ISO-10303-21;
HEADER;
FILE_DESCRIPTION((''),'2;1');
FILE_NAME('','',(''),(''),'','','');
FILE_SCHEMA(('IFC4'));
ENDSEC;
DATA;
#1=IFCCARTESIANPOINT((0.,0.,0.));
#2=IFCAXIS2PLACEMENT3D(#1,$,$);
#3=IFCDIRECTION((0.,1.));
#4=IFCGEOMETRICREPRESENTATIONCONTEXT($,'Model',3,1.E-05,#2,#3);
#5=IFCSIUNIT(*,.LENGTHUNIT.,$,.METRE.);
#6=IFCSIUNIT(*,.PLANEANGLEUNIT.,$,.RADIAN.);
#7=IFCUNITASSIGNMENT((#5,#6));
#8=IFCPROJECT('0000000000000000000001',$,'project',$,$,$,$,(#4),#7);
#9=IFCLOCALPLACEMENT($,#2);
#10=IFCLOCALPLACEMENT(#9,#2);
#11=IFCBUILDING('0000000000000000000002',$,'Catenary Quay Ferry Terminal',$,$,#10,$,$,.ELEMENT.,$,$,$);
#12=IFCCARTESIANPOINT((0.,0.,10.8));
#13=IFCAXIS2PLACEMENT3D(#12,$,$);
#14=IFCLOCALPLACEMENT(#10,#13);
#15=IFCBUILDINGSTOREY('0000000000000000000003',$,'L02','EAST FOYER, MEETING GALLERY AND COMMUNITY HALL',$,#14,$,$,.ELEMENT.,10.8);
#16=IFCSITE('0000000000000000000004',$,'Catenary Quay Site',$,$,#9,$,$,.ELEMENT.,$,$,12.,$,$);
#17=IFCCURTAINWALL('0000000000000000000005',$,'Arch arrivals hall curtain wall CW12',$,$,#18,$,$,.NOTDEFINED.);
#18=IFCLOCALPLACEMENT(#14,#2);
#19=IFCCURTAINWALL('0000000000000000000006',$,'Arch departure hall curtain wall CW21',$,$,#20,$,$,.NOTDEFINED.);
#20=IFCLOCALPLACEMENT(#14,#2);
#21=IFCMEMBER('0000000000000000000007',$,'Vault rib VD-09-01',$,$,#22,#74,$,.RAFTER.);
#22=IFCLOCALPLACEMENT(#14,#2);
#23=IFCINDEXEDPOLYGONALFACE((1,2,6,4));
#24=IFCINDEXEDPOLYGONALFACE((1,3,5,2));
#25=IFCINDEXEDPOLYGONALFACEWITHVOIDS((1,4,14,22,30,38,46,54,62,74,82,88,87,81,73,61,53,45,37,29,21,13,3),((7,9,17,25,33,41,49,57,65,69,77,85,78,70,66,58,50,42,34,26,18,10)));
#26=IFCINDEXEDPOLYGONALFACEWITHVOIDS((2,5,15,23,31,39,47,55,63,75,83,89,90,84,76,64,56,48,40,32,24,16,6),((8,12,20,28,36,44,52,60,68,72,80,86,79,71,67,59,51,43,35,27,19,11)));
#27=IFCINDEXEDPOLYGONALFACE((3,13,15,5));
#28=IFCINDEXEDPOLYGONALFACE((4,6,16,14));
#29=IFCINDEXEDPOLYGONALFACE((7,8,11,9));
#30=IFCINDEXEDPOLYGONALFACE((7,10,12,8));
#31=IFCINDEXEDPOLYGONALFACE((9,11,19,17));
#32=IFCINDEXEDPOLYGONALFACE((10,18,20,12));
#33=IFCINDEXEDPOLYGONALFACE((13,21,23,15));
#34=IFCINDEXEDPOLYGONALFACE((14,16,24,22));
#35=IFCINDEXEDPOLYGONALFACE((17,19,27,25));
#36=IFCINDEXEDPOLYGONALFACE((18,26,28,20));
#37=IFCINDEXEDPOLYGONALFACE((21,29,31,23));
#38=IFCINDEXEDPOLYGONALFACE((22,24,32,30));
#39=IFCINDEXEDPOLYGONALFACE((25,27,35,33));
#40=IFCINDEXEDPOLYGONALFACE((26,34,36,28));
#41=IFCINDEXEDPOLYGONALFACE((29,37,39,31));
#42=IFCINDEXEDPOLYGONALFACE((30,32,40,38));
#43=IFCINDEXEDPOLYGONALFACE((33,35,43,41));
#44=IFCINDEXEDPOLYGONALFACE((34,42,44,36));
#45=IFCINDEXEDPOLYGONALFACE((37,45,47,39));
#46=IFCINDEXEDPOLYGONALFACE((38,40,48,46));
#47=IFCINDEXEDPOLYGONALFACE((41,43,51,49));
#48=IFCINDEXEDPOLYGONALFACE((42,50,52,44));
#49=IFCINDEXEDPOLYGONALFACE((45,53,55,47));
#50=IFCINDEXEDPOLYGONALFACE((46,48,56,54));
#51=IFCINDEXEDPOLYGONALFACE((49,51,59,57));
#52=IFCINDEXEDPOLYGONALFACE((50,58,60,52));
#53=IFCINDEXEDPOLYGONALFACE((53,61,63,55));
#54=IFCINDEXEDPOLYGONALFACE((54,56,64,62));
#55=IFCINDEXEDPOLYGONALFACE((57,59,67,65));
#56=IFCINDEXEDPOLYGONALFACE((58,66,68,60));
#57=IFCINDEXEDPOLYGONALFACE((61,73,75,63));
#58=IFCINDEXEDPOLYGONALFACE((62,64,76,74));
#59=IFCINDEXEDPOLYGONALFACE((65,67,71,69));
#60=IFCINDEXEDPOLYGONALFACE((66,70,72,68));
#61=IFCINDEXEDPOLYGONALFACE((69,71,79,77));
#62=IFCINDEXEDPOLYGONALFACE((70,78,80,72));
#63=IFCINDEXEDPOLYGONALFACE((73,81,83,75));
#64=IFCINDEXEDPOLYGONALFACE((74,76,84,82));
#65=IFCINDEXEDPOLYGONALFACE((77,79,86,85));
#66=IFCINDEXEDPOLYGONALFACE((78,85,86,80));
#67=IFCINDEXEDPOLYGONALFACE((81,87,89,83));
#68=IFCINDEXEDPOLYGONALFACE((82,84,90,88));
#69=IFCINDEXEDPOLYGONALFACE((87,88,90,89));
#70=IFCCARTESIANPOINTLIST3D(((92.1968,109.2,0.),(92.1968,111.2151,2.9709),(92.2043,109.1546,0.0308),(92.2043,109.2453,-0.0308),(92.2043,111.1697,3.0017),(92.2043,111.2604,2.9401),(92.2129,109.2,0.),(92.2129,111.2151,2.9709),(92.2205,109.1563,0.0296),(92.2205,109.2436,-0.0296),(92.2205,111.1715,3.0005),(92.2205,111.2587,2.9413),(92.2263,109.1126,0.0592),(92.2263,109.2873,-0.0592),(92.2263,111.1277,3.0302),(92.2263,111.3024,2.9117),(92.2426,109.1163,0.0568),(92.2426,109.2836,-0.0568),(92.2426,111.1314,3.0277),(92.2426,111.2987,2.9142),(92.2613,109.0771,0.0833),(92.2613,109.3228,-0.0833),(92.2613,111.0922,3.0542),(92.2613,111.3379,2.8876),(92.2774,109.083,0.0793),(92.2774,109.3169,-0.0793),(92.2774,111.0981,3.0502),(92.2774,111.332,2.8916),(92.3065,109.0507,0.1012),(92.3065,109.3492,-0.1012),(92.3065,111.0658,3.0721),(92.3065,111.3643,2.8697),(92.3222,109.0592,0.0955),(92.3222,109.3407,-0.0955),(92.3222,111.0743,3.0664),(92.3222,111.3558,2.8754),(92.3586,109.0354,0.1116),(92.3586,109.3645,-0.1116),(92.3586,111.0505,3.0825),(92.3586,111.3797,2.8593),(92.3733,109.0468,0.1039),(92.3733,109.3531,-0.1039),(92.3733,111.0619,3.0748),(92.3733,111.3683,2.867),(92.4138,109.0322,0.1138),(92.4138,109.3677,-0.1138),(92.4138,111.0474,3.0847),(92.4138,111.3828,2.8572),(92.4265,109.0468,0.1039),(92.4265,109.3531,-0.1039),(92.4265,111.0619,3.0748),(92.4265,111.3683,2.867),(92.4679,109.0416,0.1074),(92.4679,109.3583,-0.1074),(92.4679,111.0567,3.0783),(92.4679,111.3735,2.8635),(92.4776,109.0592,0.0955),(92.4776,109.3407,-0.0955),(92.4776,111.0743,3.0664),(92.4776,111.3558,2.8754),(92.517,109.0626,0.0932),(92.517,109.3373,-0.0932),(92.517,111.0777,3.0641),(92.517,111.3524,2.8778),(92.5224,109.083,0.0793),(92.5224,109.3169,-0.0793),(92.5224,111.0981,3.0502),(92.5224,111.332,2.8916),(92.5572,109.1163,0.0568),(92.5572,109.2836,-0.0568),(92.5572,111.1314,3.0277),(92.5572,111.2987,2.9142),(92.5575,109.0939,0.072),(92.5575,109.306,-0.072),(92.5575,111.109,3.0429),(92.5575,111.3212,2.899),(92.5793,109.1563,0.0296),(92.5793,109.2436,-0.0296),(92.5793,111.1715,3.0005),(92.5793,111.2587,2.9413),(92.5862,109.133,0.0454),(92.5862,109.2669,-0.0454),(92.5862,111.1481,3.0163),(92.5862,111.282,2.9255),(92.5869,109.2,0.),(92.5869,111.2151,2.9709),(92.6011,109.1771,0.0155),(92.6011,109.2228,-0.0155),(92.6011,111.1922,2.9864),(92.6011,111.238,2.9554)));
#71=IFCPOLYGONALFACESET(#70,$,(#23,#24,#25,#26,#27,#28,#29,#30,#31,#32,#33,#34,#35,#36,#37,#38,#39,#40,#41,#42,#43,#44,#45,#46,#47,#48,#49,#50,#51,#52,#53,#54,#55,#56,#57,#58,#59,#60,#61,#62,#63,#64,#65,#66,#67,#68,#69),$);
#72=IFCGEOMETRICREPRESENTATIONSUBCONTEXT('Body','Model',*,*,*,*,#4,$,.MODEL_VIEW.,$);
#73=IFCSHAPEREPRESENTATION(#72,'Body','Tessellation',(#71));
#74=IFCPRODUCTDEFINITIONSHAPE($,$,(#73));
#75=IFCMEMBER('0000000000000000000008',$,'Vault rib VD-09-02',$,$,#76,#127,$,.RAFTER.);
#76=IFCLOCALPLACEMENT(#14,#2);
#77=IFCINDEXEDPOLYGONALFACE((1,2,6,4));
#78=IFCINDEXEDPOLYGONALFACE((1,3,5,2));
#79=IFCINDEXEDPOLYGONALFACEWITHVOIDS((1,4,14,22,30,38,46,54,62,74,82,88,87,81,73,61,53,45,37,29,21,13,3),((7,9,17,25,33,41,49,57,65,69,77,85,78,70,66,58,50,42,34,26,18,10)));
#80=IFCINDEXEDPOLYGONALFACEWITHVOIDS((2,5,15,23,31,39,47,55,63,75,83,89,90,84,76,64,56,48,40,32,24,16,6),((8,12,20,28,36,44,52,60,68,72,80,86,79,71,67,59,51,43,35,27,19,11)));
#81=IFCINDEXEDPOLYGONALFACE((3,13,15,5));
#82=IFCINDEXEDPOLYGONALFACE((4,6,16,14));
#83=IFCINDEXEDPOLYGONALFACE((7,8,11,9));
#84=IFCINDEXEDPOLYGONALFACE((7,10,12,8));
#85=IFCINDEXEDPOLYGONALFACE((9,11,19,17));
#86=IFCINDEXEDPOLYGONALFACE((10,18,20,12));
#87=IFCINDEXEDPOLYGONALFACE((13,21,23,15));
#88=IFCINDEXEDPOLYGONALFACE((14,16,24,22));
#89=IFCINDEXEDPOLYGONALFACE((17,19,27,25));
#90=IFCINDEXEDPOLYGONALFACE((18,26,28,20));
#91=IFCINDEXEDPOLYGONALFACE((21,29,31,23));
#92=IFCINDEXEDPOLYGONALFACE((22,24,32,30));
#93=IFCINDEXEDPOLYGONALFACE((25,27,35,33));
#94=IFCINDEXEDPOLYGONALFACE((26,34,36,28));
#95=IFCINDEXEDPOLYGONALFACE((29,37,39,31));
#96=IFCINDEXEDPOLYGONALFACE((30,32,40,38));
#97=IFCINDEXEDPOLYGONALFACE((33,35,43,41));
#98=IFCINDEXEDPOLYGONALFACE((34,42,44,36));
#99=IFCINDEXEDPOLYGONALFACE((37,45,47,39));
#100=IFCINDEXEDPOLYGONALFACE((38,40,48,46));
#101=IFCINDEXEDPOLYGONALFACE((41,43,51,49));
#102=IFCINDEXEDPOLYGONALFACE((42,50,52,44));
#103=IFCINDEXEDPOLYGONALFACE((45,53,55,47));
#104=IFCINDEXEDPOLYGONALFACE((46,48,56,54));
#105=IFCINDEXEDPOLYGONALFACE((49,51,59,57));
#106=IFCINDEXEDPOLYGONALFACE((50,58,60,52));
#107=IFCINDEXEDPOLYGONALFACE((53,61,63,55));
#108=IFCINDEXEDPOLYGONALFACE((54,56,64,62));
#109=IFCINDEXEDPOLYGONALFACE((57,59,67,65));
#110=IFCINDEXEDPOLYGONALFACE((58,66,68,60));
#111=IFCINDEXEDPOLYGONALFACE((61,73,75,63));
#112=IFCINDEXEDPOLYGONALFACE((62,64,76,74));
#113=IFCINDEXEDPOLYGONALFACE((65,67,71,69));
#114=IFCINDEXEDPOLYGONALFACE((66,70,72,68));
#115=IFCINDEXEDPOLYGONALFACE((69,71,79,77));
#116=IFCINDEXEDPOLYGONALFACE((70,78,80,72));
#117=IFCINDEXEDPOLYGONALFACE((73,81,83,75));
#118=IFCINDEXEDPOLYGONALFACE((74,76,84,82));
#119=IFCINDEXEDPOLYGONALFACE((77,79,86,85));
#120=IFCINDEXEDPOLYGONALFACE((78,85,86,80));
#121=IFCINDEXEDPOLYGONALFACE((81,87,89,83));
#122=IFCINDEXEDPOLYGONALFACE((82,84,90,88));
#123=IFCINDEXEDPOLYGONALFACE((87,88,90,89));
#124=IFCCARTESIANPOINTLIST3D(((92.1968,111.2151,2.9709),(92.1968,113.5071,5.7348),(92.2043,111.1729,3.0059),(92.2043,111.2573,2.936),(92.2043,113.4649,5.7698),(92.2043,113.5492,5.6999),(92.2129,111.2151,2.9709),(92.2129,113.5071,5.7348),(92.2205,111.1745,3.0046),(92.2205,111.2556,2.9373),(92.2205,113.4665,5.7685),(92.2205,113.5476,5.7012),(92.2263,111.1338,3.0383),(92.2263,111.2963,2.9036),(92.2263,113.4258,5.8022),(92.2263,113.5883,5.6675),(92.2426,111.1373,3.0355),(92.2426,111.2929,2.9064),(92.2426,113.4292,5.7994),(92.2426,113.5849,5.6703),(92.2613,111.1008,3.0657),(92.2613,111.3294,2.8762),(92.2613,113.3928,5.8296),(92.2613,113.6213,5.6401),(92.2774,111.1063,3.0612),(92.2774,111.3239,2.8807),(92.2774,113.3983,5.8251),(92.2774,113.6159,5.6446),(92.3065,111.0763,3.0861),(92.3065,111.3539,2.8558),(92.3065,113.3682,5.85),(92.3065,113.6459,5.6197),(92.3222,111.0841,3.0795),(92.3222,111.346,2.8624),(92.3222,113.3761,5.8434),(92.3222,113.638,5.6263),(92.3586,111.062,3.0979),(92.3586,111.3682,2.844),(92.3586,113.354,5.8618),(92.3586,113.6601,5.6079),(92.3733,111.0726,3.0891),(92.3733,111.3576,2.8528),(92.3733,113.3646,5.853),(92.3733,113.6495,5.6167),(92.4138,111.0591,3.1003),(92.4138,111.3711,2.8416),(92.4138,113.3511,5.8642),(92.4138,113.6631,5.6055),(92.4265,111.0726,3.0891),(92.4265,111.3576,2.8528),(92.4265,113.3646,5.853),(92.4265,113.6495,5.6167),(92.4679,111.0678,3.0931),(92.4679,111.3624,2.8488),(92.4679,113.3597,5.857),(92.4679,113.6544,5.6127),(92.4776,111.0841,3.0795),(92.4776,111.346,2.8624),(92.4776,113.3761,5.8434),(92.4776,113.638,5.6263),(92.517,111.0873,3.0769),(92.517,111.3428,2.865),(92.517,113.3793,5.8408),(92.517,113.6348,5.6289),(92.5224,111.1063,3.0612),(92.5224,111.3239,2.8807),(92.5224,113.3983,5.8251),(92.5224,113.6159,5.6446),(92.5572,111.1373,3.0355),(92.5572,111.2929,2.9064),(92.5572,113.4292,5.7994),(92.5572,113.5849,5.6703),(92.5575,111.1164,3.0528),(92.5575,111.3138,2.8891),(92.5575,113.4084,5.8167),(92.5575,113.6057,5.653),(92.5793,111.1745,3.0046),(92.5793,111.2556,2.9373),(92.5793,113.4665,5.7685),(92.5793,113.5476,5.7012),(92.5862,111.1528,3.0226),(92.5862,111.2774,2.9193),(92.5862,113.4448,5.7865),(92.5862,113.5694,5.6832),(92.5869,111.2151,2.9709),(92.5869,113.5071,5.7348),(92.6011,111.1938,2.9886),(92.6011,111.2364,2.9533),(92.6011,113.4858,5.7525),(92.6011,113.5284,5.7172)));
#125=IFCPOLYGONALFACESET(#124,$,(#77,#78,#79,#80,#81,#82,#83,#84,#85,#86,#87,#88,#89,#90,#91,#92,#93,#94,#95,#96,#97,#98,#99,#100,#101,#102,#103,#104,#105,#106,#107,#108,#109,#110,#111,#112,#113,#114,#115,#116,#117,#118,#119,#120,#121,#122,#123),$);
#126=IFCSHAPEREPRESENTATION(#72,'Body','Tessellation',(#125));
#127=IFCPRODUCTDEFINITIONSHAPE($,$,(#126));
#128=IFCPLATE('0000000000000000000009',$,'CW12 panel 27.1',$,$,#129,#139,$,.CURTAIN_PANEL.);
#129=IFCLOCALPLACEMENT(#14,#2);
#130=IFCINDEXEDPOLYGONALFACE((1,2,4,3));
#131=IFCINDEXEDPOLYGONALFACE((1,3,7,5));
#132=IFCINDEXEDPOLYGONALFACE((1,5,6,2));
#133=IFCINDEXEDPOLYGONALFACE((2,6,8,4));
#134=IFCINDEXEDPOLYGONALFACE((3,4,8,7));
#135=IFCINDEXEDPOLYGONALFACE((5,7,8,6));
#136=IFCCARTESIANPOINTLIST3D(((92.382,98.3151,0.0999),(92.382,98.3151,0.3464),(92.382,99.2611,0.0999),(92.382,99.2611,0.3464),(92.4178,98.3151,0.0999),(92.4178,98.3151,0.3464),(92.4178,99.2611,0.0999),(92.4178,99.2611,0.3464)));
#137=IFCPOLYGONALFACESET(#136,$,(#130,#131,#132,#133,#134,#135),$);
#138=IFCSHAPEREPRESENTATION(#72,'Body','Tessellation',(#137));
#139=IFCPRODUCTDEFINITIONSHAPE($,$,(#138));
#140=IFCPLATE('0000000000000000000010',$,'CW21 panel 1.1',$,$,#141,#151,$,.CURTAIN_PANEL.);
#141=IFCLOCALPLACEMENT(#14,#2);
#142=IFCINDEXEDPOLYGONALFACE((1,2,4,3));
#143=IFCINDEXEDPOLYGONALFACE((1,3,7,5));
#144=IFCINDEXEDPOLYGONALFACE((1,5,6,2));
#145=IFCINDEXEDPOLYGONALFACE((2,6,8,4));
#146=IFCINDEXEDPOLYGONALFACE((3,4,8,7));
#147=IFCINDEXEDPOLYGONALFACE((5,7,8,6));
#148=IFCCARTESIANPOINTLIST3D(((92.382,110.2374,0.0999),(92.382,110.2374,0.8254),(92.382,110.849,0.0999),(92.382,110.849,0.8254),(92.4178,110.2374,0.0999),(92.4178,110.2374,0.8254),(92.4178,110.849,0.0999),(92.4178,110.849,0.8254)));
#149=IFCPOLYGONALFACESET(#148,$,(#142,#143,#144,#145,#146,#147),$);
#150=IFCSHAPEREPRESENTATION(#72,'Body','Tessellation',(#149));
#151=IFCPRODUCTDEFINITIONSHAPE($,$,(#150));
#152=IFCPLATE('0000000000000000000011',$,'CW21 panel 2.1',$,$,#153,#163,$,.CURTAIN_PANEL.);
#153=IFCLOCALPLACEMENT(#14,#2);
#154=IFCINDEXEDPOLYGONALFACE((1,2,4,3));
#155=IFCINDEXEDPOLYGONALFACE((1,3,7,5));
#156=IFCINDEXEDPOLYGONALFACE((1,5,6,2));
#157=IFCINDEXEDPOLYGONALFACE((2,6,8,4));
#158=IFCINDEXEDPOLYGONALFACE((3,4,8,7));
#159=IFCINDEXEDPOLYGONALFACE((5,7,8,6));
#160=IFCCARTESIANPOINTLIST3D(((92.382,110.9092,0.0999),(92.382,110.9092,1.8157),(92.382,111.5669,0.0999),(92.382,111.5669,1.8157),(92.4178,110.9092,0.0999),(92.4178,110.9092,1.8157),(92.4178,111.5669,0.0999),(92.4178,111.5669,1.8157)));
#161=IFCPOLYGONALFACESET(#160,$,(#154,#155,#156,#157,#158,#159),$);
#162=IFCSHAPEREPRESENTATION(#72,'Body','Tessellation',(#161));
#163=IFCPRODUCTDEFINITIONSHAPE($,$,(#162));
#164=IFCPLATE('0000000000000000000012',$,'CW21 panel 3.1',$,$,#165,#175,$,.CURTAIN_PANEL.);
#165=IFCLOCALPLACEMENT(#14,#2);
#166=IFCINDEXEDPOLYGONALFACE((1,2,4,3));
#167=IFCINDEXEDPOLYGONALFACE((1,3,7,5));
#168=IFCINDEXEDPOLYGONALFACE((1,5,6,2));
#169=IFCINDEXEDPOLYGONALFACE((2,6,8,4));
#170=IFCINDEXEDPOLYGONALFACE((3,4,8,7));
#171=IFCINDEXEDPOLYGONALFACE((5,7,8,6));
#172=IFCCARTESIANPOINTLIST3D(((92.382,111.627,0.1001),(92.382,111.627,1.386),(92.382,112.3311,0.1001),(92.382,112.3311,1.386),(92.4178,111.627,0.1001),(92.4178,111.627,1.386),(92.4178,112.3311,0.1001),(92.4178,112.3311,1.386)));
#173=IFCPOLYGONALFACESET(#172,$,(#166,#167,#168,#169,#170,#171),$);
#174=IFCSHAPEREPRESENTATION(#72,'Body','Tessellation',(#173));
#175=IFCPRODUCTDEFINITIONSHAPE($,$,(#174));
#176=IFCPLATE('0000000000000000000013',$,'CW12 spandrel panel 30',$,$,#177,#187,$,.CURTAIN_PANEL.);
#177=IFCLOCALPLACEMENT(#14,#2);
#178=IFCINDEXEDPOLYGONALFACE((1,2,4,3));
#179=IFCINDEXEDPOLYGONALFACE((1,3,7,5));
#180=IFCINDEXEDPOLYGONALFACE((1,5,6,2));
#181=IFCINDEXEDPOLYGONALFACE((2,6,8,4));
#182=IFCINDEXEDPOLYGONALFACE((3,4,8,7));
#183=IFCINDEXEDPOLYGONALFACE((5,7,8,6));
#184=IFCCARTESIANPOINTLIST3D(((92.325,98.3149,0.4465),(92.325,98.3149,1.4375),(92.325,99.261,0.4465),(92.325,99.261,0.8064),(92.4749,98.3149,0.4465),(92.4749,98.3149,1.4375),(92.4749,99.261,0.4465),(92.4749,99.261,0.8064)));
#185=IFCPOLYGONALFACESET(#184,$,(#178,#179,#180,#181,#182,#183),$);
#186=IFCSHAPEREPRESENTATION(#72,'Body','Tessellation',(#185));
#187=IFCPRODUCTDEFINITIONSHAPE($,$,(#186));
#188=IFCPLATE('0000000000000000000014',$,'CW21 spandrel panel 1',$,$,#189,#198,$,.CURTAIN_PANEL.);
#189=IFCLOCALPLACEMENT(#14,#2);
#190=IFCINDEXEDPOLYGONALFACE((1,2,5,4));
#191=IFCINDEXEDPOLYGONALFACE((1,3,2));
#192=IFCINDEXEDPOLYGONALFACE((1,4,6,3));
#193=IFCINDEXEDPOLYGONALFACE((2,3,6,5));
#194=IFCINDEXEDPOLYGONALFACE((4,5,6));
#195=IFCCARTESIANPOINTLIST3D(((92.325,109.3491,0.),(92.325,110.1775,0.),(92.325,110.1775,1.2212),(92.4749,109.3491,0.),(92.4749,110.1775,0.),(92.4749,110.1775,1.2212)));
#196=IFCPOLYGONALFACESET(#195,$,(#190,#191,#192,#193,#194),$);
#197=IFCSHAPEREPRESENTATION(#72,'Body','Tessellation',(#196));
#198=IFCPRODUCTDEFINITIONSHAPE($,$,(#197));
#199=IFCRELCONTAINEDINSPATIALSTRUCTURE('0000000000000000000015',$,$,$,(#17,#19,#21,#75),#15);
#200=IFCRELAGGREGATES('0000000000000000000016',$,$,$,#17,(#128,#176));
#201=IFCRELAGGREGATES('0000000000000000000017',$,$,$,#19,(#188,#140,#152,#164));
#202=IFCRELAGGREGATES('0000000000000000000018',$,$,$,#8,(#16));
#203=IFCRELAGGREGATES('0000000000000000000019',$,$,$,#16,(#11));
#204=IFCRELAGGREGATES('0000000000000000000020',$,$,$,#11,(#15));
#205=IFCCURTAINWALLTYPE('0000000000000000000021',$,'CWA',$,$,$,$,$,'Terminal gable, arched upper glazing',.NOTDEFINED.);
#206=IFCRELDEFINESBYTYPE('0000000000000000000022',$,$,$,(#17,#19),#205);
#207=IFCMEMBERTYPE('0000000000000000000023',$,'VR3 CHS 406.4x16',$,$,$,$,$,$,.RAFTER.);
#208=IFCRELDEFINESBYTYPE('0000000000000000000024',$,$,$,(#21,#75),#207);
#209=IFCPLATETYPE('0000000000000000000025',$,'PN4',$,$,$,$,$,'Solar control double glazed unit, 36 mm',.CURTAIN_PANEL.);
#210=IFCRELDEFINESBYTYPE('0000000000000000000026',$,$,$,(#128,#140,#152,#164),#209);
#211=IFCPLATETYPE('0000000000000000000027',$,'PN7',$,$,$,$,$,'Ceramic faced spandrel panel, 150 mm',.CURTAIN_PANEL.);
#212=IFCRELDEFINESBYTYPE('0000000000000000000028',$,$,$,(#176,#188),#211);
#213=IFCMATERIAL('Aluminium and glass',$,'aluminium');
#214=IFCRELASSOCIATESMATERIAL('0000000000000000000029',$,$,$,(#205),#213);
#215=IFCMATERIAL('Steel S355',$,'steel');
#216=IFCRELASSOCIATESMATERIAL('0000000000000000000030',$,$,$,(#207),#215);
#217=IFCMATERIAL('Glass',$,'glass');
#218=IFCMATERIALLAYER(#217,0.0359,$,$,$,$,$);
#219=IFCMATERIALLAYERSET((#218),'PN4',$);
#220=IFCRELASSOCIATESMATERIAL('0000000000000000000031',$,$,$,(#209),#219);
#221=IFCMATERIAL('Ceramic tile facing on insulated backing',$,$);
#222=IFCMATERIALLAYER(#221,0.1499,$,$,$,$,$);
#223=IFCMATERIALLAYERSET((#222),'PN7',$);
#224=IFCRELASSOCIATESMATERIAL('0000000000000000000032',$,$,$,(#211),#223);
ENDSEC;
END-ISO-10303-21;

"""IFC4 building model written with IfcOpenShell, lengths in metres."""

from ifc_helpers import new_model, si_unit, direction, frame, origin, origin_2d, place, context, subcontext, project, spatial, polyline, rectangle, hollow_circle, outline, extrude, material, layer, layer_set, material_profile, profile_set, type_object, element, aggregate, save


model = new_model("IFC4")

# Units and contexts
model_context = context("Model", 3, precision=1e-05, world=origin(), true_north=direction((0.0, 1.0)))
body_context = subcontext(model_context, "Body", "Model", "MODEL_VIEW")
ifc_project = project(units=[si_unit("LENGTHUNIT", "METRE"), si_unit("PLANEANGLEUNIT", "RADIAN")], contexts=[model_context])

# Site, building, storey
site_placement = place(None, origin())
site = spatial("IfcSite", under=ifc_project, at=site_placement, Name="Catenary Quay Site", CompositionType="ELEMENT", RefElevation=12.0)
building_placement = place(site_placement, origin())
building = spatial("IfcBuilding", under=site, at=building_placement, Name="Catenary Quay Ferry Terminal", CompositionType="ELEMENT")
storey_placement = place(building_placement, frame((0.0, 0.0, 10.8)))
storey = spatial("IfcBuildingStorey", under=building, at=storey_placement, Name="L02", Description="EAST FOYER, MEETING GALLERY AND COMMUNITY HALL", CompositionType="ELEMENT", Elevation=10.8)

# Curtain walls
ifc_material_1 = material(Name="Aluminium and glass", Category="aluminium")
curtain_wall_type = type_object("IfcCurtainWallType", Name="CWA", ElementType="Terminal gable, arched upper glazing", PredefinedType="NOTDEFINED", material=ifc_material_1)
curtain_wall_1_placement = place(storey_placement, origin())
curtain_wall_1 = element("IfcCurtainWall", 1, at=curtain_wall_1_placement, inside=storey, type_object=curtain_wall_type, Name="Arch arrivals hall curtain wall CW12", PredefinedType="NOTDEFINED")
curtain_wall_2_placement = place(storey_placement, origin())
curtain_wall_2 = element("IfcCurtainWall", 2, at=curtain_wall_2_placement, inside=storey, type_object=curtain_wall_type, Name="Arch departure hall curtain wall CW21", PredefinedType="NOTDEFINED")

# Members
ifc_material_2 = material(Name="Steel S355", Category="steel")
ifc_material_profile_1 = material_profile(ifc_material_2, hollow_circle(Radius=0.2031, WallThickness=0.0161, at=origin_2d()), Name="CHS 406.4x16")
ifc_profile_set_1 = profile_set([ifc_material_profile_1], Name="Steel S355")
member_type_1 = type_object("IfcMemberType", Name="VR3 CHS 406.4x16", PredefinedType="RAFTER", material=ifc_profile_set_1)
member_1_placement = place(storey_placement, frame((92.3999, 109.2, 0.0), z_axis=(0.0, 0.561337, 0.827587), x_axis=(-1.0, 0.0, 0.0)))
element("IfcMember", 3, at=member_1_placement, inside=storey, type_object=member_type_1, Name="Vault rib VD-09-01", PredefinedType="RAFTER", context=body_context, shape_type="SweptSolid", body=[
    extrude(hollow_circle(Radius=0.2031, WallThickness=0.0161, at=origin_2d()), origin(), (0.0, 0.0, 1.0), 3.5898),
])
member_2_placement = place(storey_placement, frame((92.3999, 111.2151, 2.9709), z_axis=(0.0, 0.63833, 0.769763), x_axis=(-1.0, 0.0, 0.0)))
element("IfcMember", 4, at=member_2_placement, inside=storey, type_object=member_type_1, Name="Vault rib VD-09-02", PredefinedType="RAFTER", context=body_context, shape_type="SweptSolid", body=[
    extrude(hollow_circle(Radius=0.2031, WallThickness=0.0161, at=origin_2d()), origin(), (0.0, 0.0, 1.0), 3.5906),
])

# Plates
ifc_material_3 = material(Name="Glass", Category="glass")
ifc_layer_1 = layer(ifc_material_3, 0.0359)
ifc_layer_set_1 = layer_set([ifc_layer_1], Name="PN4")
plate_type_1 = type_object("IfcPlateType", Name="PN4", ElementType="Solar control double glazed unit, 36 mm", PredefinedType="CURTAIN_PANEL", material=ifc_layer_set_1)
plate_1_placement = place(storey_placement, frame((92.3999, 98.7881, 0.0999), z_axis=(0.0, 0.0, 1.0), x_axis=(0.0, 1.0, 0.0)))
plate_1 = element("IfcPlate", 5, at=plate_1_placement, type_object=plate_type_1, Name="CW12 panel 27.1", PredefinedType="CURTAIN_PANEL", context=body_context, shape_type="SweptSolid", body=[
    extrude(rectangle(XDim=0.946, YDim=0.0359, at=origin_2d()), origin(), (0.0, 0.0, 1.0), 0.2466),
])
plate_2_placement = place(storey_placement, frame((92.3999, 110.5432, 0.0999), z_axis=(0.0, 0.0, 1.0), x_axis=(0.0, 1.0, 0.0)))
plate_2 = element("IfcPlate", 6, at=plate_2_placement, type_object=plate_type_1, Name="CW21 panel 1.1", PredefinedType="CURTAIN_PANEL", context=body_context, shape_type="SweptSolid", body=[
    extrude(rectangle(XDim=0.6116, YDim=0.0359, at=origin_2d()), origin(), (0.0, 0.0, 1.0), 0.7256),
])
plate_3_placement = place(storey_placement, frame((92.3999, 111.238, 0.0999), z_axis=(0.0, 0.0, 1.0), x_axis=(0.0, 1.0, 0.0)))
plate_3 = element("IfcPlate", 7, at=plate_3_placement, type_object=plate_type_1, Name="CW21 panel 2.1", PredefinedType="CURTAIN_PANEL", context=body_context, shape_type="SweptSolid", body=[
    extrude(rectangle(XDim=0.6577, YDim=0.0359, at=origin_2d()), origin(), (0.0, 0.0, 1.0), 1.7158),
])
plate_4_placement = place(storey_placement, frame((92.3999, 111.979, 0.1001), z_axis=(0.0, 0.0, 1.0), x_axis=(0.0, 1.0, 0.0)))
plate_4 = element("IfcPlate", 8, at=plate_4_placement, type_object=plate_type_1, Name="CW21 panel 3.1", PredefinedType="CURTAIN_PANEL", context=body_context, shape_type="SweptSolid", body=[
    extrude(rectangle(XDim=0.7041, YDim=0.0359, at=origin_2d()), origin(), (0.0, 0.0, 1.0), 1.2859),
])
ifc_material_4 = material(Name="Ceramic tile facing on insulated backing")
ifc_layer_2 = layer(ifc_material_4, 0.1499)
ifc_layer_set_2 = layer_set([ifc_layer_2], Name="PN7")
plate_type_2 = type_object("IfcPlateType", Name="PN7", ElementType="Ceramic faced spandrel panel, 150 mm", PredefinedType="CURTAIN_PANEL", material=ifc_layer_set_2)
plate_5_placement = place(storey_placement, frame((92.3999, 98.3149, 0.4465), z_axis=(0.0, 0.0, 1.0), x_axis=(0.0, 1.0, 0.0)))
plate_5 = element("IfcPlate", 9, at=plate_5_placement, type_object=plate_type_2, Name="CW12 spandrel panel 30", PredefinedType="CURTAIN_PANEL", context=body_context, shape_type="SweptSolid", body=[
    extrude(outline(polyline([(0.0, 0.0), (0.946, 0.0), (0.946, 0.3599), (0.0, 0.991), (0.0, 0.0)])), frame((0.0, 0.075, 0.0), z_axis=(0.0, -1.0, 0.0), x_axis=(1.0, 0.0, 0.0)), (0.0, 0.0, 1.0), 0.1499),
])
aggregate(curtain_wall_1, [plate_1, plate_5])
plate_6_placement = place(storey_placement, frame((92.3999, 109.3491, 0.0), z_axis=(0.0, 0.0, 1.0), x_axis=(0.0, 1.0, 0.0)))
plate_6 = element("IfcPlate", 10, at=plate_6_placement, type_object=plate_type_2, Name="CW21 spandrel panel 1", PredefinedType="CURTAIN_PANEL", context=body_context, shape_type="SweptSolid", body=[
    extrude(outline(polyline([(0.0, 0.0), (0.8284, 0.0), (0.8284, 1.2212), (0.0, 0.0)])), frame((0.0, 0.075, 0.0), z_axis=(0.0, -1.0, 0.0), x_axis=(1.0, 0.0, 0.0)), (0.0, 0.0, 1.0), 0.1499),
])
aggregate(curtain_wall_2, [plate_6, plate_2, plate_3, plate_4])

save(model, "model.ifc")
